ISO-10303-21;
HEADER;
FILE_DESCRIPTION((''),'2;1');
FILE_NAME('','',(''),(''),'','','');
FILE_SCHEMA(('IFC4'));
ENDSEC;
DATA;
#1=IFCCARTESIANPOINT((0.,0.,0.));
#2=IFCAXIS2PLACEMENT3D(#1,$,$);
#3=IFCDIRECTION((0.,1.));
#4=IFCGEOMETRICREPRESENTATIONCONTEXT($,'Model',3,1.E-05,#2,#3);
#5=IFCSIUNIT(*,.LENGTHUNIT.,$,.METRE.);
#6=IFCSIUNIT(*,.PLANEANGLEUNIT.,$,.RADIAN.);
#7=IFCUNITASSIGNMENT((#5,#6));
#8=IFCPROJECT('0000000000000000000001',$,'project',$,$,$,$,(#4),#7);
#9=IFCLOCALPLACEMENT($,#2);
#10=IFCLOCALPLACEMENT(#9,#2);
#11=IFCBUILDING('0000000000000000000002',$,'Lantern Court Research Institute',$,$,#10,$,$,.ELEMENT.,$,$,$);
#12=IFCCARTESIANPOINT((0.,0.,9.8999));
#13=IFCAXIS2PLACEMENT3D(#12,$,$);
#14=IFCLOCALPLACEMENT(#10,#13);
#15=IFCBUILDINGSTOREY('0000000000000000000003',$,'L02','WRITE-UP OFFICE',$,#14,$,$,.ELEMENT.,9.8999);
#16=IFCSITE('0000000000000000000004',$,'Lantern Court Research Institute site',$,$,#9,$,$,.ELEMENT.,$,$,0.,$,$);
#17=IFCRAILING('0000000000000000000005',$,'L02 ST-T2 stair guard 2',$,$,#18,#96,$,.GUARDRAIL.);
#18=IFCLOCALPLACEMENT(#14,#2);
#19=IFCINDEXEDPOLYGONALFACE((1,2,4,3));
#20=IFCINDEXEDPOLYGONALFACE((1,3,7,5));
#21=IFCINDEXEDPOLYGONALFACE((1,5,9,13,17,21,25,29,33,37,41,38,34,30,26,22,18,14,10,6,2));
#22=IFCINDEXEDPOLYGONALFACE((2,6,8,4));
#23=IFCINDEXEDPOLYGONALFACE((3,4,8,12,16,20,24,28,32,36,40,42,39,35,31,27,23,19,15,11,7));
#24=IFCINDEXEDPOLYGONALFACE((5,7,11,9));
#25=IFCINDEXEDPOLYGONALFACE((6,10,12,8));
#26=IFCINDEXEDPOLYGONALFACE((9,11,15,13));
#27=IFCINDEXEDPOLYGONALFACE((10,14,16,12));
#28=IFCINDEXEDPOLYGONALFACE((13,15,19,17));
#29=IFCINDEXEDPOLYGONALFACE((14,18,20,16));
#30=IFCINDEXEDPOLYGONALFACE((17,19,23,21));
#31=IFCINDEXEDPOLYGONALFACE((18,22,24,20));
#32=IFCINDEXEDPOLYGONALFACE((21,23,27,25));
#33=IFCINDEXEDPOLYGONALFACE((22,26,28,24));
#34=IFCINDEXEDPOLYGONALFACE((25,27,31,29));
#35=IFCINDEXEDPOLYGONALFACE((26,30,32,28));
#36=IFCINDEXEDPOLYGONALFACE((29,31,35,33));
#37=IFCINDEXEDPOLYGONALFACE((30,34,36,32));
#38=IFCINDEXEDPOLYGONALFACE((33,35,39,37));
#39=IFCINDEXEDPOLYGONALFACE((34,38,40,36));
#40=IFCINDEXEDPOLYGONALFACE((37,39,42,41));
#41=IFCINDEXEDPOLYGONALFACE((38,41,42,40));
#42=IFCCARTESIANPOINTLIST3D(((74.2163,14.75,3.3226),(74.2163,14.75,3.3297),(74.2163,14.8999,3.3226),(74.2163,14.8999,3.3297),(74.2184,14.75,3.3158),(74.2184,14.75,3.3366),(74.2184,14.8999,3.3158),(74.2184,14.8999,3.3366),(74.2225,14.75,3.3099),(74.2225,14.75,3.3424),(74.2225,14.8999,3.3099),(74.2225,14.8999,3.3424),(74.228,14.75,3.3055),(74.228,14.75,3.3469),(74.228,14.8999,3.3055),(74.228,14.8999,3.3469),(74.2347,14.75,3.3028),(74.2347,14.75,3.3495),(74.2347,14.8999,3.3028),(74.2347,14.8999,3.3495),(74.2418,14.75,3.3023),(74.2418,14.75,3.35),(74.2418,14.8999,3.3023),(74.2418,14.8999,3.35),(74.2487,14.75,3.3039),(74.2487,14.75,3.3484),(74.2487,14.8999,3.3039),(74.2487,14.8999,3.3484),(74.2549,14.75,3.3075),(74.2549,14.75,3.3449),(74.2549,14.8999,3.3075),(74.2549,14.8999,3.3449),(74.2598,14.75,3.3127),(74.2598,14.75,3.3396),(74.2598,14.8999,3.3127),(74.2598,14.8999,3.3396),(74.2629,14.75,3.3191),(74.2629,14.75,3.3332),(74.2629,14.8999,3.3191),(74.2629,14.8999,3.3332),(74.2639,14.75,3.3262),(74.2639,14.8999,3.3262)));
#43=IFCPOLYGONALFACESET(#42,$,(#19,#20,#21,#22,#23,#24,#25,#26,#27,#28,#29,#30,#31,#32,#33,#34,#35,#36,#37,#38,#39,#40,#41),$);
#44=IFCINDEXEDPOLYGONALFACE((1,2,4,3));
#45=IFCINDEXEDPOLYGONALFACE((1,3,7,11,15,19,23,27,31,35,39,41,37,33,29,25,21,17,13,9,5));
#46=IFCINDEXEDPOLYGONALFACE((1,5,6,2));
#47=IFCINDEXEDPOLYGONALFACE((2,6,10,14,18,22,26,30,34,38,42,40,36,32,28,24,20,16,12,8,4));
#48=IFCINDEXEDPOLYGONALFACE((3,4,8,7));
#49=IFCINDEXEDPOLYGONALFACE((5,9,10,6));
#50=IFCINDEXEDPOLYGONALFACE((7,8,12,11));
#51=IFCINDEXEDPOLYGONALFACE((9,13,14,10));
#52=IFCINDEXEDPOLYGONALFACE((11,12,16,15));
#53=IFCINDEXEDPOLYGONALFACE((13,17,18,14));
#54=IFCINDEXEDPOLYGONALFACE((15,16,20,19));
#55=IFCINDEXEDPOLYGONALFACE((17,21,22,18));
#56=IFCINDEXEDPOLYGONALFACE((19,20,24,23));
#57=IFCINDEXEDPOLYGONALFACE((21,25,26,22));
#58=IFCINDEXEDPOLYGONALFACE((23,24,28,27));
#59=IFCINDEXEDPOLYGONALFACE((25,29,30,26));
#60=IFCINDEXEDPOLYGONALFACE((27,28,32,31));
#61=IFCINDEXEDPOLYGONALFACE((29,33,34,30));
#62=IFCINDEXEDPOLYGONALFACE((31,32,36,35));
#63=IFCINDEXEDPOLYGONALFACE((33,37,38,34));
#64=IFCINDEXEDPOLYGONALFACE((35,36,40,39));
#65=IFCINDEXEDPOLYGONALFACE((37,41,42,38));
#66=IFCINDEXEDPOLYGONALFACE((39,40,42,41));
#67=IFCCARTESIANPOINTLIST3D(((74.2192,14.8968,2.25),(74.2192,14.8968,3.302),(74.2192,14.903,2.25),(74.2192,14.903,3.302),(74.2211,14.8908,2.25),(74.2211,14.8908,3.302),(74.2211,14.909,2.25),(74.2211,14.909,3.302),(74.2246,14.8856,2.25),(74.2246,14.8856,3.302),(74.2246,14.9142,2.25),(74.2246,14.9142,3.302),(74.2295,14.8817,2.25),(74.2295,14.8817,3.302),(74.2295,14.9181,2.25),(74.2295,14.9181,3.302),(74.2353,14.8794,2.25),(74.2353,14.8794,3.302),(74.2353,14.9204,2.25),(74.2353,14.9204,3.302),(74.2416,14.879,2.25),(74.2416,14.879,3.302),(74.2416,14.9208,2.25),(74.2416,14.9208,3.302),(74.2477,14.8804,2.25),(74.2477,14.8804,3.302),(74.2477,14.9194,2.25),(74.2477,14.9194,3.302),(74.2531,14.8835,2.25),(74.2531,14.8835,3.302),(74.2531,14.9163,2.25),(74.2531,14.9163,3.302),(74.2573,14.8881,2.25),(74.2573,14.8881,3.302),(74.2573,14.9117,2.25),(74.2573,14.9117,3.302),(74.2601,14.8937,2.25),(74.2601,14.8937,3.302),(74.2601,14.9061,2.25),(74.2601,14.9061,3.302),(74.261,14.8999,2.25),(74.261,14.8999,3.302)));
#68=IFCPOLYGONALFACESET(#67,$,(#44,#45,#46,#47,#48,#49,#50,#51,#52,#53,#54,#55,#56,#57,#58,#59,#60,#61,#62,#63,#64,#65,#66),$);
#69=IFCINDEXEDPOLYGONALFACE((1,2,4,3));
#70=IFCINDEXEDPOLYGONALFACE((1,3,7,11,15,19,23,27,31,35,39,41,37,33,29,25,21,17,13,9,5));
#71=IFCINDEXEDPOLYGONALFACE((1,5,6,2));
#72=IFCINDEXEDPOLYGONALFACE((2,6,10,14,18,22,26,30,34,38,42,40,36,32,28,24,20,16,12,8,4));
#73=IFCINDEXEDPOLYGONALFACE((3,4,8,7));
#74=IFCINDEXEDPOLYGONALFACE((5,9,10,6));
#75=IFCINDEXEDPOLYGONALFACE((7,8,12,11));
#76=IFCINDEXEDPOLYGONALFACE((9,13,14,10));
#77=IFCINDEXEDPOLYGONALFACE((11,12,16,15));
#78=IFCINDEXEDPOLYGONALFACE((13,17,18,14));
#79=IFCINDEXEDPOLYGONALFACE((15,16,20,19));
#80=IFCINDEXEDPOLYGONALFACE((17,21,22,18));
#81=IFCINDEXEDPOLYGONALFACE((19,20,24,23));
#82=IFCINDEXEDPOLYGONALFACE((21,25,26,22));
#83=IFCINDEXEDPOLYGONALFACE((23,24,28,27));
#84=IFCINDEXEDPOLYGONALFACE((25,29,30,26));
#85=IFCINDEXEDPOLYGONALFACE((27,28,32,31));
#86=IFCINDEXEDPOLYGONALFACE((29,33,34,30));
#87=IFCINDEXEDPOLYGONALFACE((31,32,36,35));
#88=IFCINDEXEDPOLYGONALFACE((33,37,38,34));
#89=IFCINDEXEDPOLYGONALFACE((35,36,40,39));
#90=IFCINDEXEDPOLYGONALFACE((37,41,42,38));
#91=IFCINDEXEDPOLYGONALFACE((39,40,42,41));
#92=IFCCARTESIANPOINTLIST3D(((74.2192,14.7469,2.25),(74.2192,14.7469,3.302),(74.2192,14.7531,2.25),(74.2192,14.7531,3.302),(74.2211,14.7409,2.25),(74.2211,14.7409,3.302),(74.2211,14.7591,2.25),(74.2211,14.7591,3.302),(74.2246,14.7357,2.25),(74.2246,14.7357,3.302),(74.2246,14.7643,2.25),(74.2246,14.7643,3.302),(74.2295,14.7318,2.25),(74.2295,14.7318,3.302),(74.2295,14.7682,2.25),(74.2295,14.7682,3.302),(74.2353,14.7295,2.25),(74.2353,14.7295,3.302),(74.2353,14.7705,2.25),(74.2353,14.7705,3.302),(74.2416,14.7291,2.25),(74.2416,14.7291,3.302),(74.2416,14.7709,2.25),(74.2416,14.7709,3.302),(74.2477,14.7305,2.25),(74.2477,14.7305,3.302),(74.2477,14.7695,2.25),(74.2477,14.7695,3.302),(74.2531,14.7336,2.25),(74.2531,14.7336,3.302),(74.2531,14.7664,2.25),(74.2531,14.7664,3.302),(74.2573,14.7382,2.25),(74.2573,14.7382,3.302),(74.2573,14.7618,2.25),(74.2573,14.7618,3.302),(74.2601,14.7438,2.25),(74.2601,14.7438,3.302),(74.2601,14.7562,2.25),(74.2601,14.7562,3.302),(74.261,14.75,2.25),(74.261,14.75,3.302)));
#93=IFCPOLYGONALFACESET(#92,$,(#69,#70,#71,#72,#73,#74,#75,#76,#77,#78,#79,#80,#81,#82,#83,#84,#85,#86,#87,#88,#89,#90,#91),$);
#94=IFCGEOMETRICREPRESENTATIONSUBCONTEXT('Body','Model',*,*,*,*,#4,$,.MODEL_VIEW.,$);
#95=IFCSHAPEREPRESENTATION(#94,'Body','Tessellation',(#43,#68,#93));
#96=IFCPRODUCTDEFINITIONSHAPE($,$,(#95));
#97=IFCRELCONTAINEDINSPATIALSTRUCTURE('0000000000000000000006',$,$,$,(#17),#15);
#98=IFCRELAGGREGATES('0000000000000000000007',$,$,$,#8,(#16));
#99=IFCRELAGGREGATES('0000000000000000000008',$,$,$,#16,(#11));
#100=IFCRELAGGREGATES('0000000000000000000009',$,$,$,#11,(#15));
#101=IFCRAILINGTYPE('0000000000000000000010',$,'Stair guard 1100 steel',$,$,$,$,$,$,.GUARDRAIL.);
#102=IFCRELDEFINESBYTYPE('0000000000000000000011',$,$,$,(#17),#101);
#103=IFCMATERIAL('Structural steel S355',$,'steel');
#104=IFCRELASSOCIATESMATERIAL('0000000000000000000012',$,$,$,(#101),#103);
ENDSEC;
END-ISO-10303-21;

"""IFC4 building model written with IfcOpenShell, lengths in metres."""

from ifc_helpers import new_model, si_unit, direction, frame, origin, origin_2d, place, context, subcontext, project, spatial, circle, extrude, material, type_object, element, save


model = new_model("IFC4")

# Units and contexts
model_context = context("Model", 3, precision=1e-05, world=origin(), true_north=direction((0.0, 1.0)))
body_context = subcontext(model_context, "Body", "Model", "MODEL_VIEW")
ifc_project = project(units=[si_unit("LENGTHUNIT", "METRE"), si_unit("PLANEANGLEUNIT", "RADIAN")], contexts=[model_context])

# Site, building, storey
site_placement = place(None, origin())
site = spatial("IfcSite", under=ifc_project, at=site_placement, Name="Lantern Court Research Institute site", CompositionType="ELEMENT", RefElevation=0.0)
building_placement = place(site_placement, origin())
building = spatial("IfcBuilding", under=site, at=building_placement, Name="Lantern Court Research Institute", CompositionType="ELEMENT")
storey_placement = place(building_placement, frame((0.0, 0.0, 9.8999)))
storey = spatial("IfcBuildingStorey", under=building, at=storey_placement, Name="L02", Description="WRITE-UP OFFICE", CompositionType="ELEMENT", Elevation=9.8999)

# Railing
ifc_material_1 = material(Name="Structural steel S355", Category="steel")
railing_type_1 = type_object("IfcRailingType", Name="Stair guard 1100 steel", PredefinedType="GUARDRAIL", material=ifc_material_1)
railing_1_placement = place(storey_placement, frame((74.24, 14.8999, 2.25)))
element("IfcRailing", 1, at=railing_1_placement, inside=storey, type_object=railing_type_1, Name="L02 ST-T2 stair guard 2", PredefinedType="GUARDRAIL", context=body_context, shape_type="SweptSolid", body=[
    extrude(circle(Radius=0.0239, at=origin_2d()), frame((0.0, 0.0, 1.0762), z_axis=(0.0, -1.0, 0.0), x_axis=(1.0, 0.0, 0.0)), (0.0, 0.0, 1.0), 0.1499),
    extrude(circle(Radius=0.021, at=origin_2d()), origin(), (0.0, 0.0, 1.0), 1.052),
    extrude(circle(Radius=0.021, at=origin_2d()), frame((0.0, -0.1499, 0.0)), (0.0, 0.0, 1.0), 1.052),
])

save(model, "model.ifc")
